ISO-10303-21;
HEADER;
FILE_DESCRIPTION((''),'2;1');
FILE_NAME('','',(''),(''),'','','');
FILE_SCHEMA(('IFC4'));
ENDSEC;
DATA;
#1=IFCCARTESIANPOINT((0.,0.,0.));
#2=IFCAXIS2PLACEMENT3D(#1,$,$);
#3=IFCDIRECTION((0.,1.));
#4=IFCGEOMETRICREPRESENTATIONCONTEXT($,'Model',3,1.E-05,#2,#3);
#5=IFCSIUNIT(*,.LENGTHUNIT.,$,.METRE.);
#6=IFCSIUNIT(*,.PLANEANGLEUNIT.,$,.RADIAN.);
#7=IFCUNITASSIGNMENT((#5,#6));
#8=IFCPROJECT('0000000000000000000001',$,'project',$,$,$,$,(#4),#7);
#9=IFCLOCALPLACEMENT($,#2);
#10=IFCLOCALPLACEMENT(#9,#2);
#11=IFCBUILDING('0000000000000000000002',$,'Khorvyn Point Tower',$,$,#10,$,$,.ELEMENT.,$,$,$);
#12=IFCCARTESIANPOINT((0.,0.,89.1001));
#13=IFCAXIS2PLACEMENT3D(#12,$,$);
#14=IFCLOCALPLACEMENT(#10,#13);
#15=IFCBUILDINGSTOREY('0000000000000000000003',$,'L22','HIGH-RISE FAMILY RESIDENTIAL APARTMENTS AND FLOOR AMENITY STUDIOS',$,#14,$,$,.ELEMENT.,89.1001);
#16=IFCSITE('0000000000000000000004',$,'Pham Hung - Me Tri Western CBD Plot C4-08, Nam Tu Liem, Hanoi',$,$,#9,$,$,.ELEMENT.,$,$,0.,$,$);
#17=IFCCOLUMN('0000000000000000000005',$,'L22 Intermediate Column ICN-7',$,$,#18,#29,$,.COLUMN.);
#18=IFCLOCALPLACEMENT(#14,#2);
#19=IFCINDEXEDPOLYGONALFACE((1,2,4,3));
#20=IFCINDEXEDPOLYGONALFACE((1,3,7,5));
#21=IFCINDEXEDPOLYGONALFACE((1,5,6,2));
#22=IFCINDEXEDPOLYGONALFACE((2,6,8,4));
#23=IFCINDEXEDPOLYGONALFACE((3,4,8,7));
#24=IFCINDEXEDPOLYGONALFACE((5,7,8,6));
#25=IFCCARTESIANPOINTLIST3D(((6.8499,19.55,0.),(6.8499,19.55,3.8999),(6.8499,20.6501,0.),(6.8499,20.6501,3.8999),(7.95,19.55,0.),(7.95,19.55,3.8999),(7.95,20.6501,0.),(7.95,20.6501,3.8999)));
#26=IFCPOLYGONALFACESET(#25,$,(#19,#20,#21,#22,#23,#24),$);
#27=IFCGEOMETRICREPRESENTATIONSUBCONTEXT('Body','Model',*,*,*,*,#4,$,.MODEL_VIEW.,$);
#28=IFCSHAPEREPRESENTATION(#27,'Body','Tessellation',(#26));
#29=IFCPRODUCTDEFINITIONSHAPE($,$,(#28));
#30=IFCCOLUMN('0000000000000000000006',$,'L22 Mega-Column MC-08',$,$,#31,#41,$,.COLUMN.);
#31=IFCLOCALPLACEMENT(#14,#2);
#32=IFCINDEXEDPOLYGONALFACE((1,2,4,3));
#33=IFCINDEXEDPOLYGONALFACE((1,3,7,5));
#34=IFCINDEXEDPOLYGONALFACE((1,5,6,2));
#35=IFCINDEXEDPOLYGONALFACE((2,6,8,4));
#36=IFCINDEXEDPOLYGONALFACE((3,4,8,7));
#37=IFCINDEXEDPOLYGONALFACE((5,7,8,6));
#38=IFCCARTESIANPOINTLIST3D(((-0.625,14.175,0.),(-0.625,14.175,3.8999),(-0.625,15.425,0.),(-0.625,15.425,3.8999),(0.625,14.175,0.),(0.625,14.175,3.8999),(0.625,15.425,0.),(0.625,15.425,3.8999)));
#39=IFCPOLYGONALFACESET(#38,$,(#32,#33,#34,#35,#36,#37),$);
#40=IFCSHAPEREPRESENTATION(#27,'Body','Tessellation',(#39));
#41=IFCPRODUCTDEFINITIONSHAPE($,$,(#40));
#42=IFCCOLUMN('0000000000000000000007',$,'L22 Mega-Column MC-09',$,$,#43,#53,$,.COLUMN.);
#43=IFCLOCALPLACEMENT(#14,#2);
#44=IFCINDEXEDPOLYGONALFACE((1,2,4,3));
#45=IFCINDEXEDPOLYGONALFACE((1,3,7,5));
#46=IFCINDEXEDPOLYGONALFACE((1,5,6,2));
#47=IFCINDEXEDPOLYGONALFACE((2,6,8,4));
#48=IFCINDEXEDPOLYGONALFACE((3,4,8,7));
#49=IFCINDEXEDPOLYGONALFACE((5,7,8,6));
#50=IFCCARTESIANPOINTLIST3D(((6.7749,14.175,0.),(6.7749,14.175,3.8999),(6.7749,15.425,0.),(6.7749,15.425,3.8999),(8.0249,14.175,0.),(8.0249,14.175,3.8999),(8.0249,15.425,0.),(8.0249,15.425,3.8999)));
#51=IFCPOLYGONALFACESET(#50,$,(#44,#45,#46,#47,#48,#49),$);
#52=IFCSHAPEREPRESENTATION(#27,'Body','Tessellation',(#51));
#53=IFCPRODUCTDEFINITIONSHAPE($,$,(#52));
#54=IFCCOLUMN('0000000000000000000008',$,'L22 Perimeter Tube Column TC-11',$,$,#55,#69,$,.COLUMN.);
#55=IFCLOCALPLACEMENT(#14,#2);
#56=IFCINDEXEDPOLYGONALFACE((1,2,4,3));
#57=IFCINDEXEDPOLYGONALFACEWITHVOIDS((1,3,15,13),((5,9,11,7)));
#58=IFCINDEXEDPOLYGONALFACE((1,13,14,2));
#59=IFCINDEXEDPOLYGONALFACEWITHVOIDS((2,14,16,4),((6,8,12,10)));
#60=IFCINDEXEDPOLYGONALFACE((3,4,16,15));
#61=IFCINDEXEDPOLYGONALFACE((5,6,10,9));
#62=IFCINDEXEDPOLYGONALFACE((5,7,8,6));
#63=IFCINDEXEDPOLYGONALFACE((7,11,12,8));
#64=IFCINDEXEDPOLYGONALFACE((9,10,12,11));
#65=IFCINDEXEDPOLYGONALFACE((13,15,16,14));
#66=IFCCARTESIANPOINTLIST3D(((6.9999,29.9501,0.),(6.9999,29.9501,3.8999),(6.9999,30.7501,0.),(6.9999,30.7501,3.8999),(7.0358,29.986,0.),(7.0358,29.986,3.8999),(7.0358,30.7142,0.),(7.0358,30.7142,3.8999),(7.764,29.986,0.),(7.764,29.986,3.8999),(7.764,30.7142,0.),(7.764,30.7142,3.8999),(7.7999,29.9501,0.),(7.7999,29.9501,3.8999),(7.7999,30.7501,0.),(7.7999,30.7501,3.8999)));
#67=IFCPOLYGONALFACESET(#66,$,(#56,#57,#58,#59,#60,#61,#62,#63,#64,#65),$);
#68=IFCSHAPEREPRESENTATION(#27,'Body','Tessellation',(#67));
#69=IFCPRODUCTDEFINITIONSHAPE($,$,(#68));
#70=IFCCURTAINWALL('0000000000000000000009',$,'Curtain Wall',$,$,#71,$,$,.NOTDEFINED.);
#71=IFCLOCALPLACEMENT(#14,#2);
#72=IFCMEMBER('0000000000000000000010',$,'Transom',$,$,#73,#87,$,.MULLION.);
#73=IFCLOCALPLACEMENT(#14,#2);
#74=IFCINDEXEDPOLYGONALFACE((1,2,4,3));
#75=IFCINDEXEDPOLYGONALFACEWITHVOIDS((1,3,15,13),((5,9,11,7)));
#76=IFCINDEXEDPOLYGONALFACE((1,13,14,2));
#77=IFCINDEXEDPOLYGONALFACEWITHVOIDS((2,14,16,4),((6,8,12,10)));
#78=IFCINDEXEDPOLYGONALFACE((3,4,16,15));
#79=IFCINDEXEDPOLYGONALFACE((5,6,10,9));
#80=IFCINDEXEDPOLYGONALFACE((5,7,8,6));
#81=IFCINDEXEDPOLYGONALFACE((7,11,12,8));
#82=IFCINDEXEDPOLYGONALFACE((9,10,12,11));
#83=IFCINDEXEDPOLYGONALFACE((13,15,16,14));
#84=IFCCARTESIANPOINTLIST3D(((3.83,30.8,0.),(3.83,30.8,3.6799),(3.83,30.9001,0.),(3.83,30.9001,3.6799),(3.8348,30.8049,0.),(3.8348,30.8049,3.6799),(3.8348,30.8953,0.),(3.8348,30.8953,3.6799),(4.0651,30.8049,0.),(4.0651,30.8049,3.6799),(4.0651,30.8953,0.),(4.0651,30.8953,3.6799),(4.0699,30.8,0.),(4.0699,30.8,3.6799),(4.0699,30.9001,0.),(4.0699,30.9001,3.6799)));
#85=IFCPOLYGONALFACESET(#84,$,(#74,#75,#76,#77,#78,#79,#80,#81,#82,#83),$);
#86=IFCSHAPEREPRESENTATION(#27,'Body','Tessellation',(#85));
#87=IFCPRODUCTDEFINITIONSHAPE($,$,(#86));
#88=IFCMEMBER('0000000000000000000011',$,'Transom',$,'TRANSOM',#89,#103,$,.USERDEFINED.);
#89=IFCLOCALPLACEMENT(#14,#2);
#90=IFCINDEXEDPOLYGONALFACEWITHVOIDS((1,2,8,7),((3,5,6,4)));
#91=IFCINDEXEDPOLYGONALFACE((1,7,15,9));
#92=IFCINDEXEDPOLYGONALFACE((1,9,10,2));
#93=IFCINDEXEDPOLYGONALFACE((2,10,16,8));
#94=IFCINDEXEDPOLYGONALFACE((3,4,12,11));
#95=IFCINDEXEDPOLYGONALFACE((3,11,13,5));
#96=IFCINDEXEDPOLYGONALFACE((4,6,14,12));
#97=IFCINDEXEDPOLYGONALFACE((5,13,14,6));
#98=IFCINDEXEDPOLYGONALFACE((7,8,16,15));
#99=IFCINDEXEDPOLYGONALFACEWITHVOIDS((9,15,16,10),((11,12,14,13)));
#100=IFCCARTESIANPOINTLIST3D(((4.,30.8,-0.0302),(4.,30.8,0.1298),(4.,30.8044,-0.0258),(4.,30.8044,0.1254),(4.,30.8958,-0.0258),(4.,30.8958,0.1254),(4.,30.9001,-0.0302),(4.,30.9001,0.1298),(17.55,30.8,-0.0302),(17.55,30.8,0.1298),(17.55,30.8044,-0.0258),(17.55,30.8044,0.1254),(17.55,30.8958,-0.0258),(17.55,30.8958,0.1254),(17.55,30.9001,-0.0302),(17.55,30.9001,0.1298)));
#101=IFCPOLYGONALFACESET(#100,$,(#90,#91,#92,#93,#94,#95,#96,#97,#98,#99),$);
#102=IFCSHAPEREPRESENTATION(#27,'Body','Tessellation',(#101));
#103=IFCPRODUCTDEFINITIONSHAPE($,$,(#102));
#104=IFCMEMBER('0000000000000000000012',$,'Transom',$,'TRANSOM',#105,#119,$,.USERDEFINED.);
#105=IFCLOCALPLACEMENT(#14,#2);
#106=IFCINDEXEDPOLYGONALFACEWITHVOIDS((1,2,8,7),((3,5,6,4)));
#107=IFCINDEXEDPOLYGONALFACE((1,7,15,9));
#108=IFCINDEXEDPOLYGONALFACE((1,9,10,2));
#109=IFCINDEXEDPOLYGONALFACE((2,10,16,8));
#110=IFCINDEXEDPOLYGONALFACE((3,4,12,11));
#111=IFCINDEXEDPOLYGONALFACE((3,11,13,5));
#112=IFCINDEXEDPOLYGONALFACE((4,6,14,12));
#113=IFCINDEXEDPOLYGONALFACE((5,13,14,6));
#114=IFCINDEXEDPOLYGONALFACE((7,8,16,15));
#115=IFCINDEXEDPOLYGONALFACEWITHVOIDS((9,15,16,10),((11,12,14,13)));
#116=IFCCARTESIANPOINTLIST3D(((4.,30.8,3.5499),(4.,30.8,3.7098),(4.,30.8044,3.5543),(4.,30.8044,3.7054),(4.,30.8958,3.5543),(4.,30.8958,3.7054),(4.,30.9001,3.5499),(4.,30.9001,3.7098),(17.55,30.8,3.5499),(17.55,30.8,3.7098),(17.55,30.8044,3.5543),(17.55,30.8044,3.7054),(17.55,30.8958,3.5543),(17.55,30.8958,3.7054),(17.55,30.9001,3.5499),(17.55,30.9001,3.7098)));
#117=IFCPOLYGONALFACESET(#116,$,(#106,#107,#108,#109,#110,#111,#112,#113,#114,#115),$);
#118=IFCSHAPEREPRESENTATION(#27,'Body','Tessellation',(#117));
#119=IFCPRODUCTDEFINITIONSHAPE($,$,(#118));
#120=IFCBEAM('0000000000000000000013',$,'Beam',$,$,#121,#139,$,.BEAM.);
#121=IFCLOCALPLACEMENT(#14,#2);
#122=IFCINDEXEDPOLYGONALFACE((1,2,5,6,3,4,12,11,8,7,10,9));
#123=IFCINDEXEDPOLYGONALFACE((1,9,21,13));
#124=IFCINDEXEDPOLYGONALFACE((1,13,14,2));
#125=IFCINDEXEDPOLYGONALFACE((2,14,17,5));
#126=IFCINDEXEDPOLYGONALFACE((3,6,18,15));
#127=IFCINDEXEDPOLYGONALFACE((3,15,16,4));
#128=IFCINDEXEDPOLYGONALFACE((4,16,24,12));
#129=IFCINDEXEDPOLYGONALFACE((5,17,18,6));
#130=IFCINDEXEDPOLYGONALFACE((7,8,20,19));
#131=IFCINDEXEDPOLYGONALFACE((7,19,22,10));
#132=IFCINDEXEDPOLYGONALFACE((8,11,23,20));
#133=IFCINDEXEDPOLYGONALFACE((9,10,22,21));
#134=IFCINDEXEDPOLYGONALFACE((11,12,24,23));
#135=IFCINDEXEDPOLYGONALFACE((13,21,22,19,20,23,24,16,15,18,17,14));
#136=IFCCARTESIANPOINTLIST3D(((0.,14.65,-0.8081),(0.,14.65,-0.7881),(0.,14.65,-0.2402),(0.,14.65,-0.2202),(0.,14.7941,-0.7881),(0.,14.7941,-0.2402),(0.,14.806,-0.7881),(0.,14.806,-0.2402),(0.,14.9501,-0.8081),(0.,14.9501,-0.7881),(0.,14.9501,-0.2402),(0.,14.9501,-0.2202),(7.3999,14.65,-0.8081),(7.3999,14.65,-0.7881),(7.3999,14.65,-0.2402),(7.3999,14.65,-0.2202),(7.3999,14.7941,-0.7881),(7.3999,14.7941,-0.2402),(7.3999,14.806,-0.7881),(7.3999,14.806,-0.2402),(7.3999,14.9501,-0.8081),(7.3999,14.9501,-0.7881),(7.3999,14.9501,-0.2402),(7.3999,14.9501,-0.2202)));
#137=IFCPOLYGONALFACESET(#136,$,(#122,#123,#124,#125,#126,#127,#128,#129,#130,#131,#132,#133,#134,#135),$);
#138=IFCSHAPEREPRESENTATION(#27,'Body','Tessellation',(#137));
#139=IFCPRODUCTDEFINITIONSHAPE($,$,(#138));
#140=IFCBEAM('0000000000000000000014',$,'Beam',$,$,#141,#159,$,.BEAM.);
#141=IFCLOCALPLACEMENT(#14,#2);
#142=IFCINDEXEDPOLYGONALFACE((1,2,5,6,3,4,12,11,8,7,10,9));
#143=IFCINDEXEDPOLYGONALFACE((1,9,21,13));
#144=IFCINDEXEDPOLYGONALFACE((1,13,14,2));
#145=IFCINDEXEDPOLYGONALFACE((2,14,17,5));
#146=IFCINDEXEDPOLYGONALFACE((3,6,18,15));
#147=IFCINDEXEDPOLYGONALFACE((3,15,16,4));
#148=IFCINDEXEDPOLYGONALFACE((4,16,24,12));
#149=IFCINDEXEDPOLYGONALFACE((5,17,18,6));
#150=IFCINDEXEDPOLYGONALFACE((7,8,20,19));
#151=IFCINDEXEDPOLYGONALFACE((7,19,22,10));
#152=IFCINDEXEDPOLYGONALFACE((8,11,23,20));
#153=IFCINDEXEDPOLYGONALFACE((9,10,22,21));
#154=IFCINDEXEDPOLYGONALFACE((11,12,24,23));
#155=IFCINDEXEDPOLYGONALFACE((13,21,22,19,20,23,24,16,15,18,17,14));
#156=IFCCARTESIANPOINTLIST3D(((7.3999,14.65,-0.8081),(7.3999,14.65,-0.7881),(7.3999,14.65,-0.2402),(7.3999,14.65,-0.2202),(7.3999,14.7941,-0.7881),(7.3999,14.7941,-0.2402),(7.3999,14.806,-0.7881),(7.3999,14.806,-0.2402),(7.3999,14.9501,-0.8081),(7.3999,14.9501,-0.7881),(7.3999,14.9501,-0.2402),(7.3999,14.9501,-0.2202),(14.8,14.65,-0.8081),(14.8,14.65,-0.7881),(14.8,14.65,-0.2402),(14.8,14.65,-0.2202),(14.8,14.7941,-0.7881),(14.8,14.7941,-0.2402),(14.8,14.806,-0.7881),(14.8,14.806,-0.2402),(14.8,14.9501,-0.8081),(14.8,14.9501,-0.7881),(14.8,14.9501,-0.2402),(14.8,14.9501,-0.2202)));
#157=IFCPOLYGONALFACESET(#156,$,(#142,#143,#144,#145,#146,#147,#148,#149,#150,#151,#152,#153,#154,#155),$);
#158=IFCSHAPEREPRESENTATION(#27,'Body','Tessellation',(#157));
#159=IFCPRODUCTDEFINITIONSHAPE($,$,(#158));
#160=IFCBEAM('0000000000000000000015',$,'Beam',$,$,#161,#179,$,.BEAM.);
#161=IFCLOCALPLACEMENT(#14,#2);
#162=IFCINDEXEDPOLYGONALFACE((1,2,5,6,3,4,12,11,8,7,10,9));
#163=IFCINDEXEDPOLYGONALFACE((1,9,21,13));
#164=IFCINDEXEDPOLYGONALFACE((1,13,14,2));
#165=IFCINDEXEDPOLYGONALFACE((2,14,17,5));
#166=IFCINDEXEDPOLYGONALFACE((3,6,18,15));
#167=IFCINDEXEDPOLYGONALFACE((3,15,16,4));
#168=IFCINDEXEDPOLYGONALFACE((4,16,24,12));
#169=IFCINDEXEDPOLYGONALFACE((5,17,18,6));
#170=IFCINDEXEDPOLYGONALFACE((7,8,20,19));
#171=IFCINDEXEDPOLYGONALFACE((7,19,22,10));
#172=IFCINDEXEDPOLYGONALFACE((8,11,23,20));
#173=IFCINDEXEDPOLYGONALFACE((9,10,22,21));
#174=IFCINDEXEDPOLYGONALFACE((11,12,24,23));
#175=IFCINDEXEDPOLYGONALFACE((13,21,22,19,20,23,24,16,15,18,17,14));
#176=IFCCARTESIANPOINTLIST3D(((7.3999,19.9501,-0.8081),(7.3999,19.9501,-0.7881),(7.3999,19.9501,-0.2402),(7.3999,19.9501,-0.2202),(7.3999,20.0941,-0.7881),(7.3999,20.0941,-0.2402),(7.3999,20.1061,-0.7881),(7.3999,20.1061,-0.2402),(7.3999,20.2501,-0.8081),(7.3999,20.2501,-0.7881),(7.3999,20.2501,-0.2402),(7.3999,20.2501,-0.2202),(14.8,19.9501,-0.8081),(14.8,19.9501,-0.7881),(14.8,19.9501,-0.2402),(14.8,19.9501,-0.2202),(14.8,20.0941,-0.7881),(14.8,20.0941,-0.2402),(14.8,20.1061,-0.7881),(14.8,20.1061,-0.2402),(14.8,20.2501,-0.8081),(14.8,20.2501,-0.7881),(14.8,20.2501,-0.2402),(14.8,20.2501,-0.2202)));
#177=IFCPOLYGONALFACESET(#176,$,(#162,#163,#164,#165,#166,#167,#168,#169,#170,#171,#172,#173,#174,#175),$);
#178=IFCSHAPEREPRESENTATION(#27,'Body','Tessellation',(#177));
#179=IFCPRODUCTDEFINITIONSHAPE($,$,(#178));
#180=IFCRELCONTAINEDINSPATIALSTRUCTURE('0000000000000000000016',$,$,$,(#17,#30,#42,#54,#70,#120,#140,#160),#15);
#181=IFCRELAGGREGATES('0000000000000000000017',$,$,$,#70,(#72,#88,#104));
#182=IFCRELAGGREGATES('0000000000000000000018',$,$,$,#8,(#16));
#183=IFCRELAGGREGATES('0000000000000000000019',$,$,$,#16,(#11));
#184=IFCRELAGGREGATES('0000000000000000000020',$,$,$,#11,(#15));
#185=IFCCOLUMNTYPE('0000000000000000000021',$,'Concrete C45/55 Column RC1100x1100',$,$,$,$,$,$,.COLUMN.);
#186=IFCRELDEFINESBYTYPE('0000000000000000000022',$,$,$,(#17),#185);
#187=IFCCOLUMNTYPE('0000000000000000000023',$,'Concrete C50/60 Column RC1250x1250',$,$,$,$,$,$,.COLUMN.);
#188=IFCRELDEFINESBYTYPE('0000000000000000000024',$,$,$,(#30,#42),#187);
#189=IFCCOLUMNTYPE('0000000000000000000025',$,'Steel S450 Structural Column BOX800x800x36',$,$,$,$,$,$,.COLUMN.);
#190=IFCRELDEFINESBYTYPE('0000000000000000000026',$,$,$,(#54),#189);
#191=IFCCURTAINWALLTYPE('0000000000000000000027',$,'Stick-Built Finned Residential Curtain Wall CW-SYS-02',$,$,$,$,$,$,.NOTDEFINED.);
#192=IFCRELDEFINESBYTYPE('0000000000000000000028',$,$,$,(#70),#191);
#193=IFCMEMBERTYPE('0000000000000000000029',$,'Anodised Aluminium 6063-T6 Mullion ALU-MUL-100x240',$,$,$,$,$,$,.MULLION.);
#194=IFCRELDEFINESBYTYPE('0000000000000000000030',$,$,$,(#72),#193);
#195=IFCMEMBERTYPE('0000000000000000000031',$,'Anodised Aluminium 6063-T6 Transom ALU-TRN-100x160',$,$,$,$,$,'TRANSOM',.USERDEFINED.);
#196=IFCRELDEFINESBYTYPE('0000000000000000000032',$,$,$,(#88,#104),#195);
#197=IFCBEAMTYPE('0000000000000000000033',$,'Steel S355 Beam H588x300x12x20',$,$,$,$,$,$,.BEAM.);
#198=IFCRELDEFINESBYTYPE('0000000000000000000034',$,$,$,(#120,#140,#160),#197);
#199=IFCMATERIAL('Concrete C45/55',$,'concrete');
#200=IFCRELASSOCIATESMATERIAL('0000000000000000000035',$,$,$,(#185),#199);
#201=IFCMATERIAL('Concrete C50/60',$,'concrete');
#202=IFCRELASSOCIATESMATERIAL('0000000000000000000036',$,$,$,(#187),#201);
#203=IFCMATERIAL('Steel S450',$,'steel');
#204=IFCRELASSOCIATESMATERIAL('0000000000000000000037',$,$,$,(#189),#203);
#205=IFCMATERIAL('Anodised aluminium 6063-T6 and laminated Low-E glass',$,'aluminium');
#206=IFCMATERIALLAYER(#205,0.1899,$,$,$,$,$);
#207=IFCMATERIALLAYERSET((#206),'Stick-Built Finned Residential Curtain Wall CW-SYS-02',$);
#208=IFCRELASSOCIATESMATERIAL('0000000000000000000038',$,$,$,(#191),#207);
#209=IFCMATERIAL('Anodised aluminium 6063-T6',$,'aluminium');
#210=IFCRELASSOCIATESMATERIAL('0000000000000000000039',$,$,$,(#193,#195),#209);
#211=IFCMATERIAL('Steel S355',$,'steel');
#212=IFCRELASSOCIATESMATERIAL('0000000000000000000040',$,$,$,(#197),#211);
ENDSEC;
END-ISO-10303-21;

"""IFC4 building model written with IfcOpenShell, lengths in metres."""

from ifc_helpers import new_model, si_unit, direction, frame, origin, origin_2d, place, context, subcontext, project, spatial, rectangle, hollow_rectangle, i_section, extrude, material, layer, layer_set, material_profile, profile_set, type_object, element, aggregate, save


model = new_model("IFC4")

# Units and contexts
model_context = context("Model", 3, precision=1e-05, world=origin(), true_north=direction((0.0, 1.0)))
body_context = subcontext(model_context, "Body", "Model", "MODEL_VIEW")
ifc_project = project(units=[si_unit("LENGTHUNIT", "METRE"), si_unit("PLANEANGLEUNIT", "RADIAN")], contexts=[model_context])

# Site, building, storey
site_placement = place(None, origin())
site = spatial("IfcSite", under=ifc_project, at=site_placement, Name="Pham Hung - Me Tri Western CBD Plot C4-08, Nam Tu Liem, Hanoi", CompositionType="ELEMENT", RefElevation=0.0)
building_placement = place(site_placement, origin())
building = spatial("IfcBuilding", under=site, at=building_placement, Name="Khorvyn Point Tower", CompositionType="ELEMENT")
storey_placement = place(building_placement, frame((0.0, 0.0, 89.1001)))
storey = spatial("IfcBuildingStorey", under=building, at=storey_placement, Name="L22", Description="HIGH-RISE FAMILY RESIDENTIAL APARTMENTS AND FLOOR AMENITY STUDIOS", CompositionType="ELEMENT", Elevation=89.1001)

# Columns
ifc_material_1 = material(Name="Concrete C45/55", Category="concrete")
ifc_material_profile_1 = material_profile(ifc_material_1, rectangle(XDim=1.1001, YDim=1.1001, at=origin_2d()))
ifc_profile_set_1 = profile_set([ifc_material_profile_1], Name="Concrete C45/55 RC1100x1100")
column_type_1 = type_object("IfcColumnType", Name="Concrete C45/55 Column RC1100x1100", PredefinedType="COLUMN", material=ifc_profile_set_1)
column_1_placement = place(storey_placement, frame((7.3999, 20.1001, 0.0), z_axis=(0.0, 0.0, 1.0), x_axis=(1.0, 0.0, 0.0)))
element("IfcColumn", 1, at=column_1_placement, inside=storey, type_object=column_type_1, Name="L22 Intermediate Column ICN-7", PredefinedType="COLUMN", context=body_context, shape_type="SweptSolid", body=[
    extrude(rectangle(XDim=1.1001, YDim=1.1001, at=origin_2d()), origin(), (0.0, 0.0, 1.0), 3.8999),
])
ifc_material_2 = material(Name="Concrete C50/60", Category="concrete")
ifc_material_profile_2 = material_profile(ifc_material_2, rectangle(XDim=1.25, YDim=1.25, at=origin_2d()))
ifc_profile_set_2 = profile_set([ifc_material_profile_2], Name="Concrete C50/60 RC1250x1250")
column_type_2 = type_object("IfcColumnType", Name="Concrete C50/60 Column RC1250x1250", PredefinedType="COLUMN", material=ifc_profile_set_2)
for number, where, z_axis, x_axis, name in (
    (2, (0.0, 14.8, 0.0), (0.0, 0.0, 1.0), (1.0, 0.0, 0.0), "L22 Mega-Column MC-08"),
    (3, (7.3999, 14.8, 0.0), (0.0, 0.0, 1.0), (1.0, 0.0, 0.0), "L22 Mega-Column MC-09"),
):
    element("IfcColumn", number, at=place(storey_placement, frame(where, z_axis=z_axis, x_axis=x_axis)), inside=storey, type_object=column_type_2, Name=name, PredefinedType="COLUMN", context=body_context, shape_type="SweptSolid", body=[
        extrude(rectangle(XDim=1.25, YDim=1.25, at=origin_2d()), origin(), (0.0, 0.0, 1.0), 3.8999),
    ])
ifc_material_3 = material(Name="Steel S450", Category="steel")
ifc_material_profile_3 = material_profile(ifc_material_3, hollow_rectangle(XDim=0.8, YDim=0.8, WallThickness=0.0359, at=origin_2d()))
ifc_profile_set_3 = profile_set([ifc_material_profile_3], Name="Steel S450 BOX800x800x36")
column_type_3 = type_object("IfcColumnType", Name="Steel S450 Structural Column BOX800x800x36", PredefinedType="COLUMN", material=ifc_profile_set_3)
column_2_placement = place(storey_placement, frame((7.3999, 30.3501, 0.0), z_axis=(0.0, 0.0, 1.0), x_axis=(1.0, 0.0, 0.0)))
element("IfcColumn", 4, at=column_2_placement, inside=storey, type_object=column_type_3, Name="L22 Perimeter Tube Column TC-11", PredefinedType="COLUMN", context=body_context, shape_type="SweptSolid", body=[
    extrude(hollow_rectangle(XDim=0.8, YDim=0.8, WallThickness=0.0359, at=origin_2d()), origin(), (0.0, 0.0, 1.0), 3.8999),
])

# Curtain wall, members
ifc_material_4 = material(Name="Anodised aluminium 6063-T6 and laminated Low-E glass", Category="aluminium")
ifc_layer_1 = layer(ifc_material_4, 0.1899)
ifc_layer_set_1 = layer_set([ifc_layer_1], Name="Stick-Built Finned Residential Curtain Wall CW-SYS-02")
curtain_wall_type = type_object("IfcCurtainWallType", Name="Stick-Built Finned Residential Curtain Wall CW-SYS-02", PredefinedType="NOTDEFINED", material=ifc_layer_set_1)
curtain_wall_placement = place(storey_placement, origin())
curtain_wall = element("IfcCurtainWall", 5, at=curtain_wall_placement, inside=storey, type_object=curtain_wall_type, Name="Curtain Wall", PredefinedType="NOTDEFINED")
ifc_material_5 = material(Name="Anodised aluminium 6063-T6", Category="aluminium")
ifc_material_profile_4 = material_profile(ifc_material_5, hollow_rectangle(XDim=0.1001, YDim=0.24, WallThickness=0.0049, at=origin_2d()))
ifc_profile_set_4 = profile_set([ifc_material_profile_4], Name="Anodised aluminium 6063-T6 ALU-MUL-100x240")
member_type_1 = type_object("IfcMemberType", Name="Anodised Aluminium 6063-T6 Mullion ALU-MUL-100x240", PredefinedType="MULLION", material=ifc_profile_set_4)
member_1_placement = place(storey_placement, frame((3.95, 30.8501, 0.0), z_axis=(0.0, 0.0, 1.0), x_axis=(0.0, 1.0, 0.0)))
member_1 = element("IfcMember", 6, at=member_1_placement, type_object=member_type_1, Name="Transom", PredefinedType="MULLION", context=body_context, shape_type="SweptSolid", body=[
    extrude(hollow_rectangle(XDim=0.1001, YDim=0.24, WallThickness=0.0049, at=origin_2d()), origin(), (0.0, 0.0, 1.0), 3.6799),
])
ifc_material_profile_5 = material_profile(ifc_material_5, hollow_rectangle(XDim=0.1001, YDim=0.1599, WallThickness=0.0044, at=origin_2d()))
ifc_profile_set_5 = profile_set([ifc_material_profile_5], Name="Anodised aluminium 6063-T6 ALU-TRN-100x160")
member_type_2 = type_object("IfcMemberType", Name="Anodised Aluminium 6063-T6 Transom ALU-TRN-100x160", ElementType="TRANSOM", PredefinedType="USERDEFINED", material=ifc_profile_set_5)
member_2_placement = place(storey_placement, frame((4.0, 30.8501, 0.0498), z_axis=(1.0, 0.0, 0.0), x_axis=(0.0, 1.0, 0.0)))
member_2 = element("IfcMember", 7, at=member_2_placement, type_object=member_type_2, Name="Transom", ObjectType="TRANSOM", PredefinedType="USERDEFINED", context=body_context, shape_type="SweptSolid", body=[
    extrude(hollow_rectangle(XDim=0.1001, YDim=0.1599, WallThickness=0.0044, at=origin_2d()), origin(), (0.0, 0.0, 1.0), 13.55),
])
member_3_placement = place(storey_placement, frame((4.0, 30.8501, 3.6299), z_axis=(1.0, 0.0, 0.0), x_axis=(0.0, 1.0, 0.0)))
member_3 = element("IfcMember", 8, at=member_3_placement, type_object=member_type_2, Name="Transom", ObjectType="TRANSOM", PredefinedType="USERDEFINED", context=body_context, shape_type="SweptSolid", body=[
    extrude(hollow_rectangle(XDim=0.1001, YDim=0.1599, WallThickness=0.0044, at=origin_2d()), origin(), (0.0, 0.0, 1.0), 13.55),
])

# Beams
ifc_material_6 = material(Name="Steel S355", Category="steel")
ifc_material_profile_6 = material_profile(ifc_material_6, i_section(OverallWidth=0.3, OverallDepth=0.5879, WebThickness=0.012, FlangeThickness=0.02, at=origin_2d()))
ifc_profile_set_6 = profile_set([ifc_material_profile_6], Name="Steel S355 H588x300x12x20")
beam_type_1 = type_object("IfcBeamType", Name="Steel S355 Beam H588x300x12x20", PredefinedType="BEAM", material=ifc_profile_set_6)
beam_1_placement = place(storey_placement, frame((0.0, 14.8, -0.5142), z_axis=(1.0, 0.0, 0.0), x_axis=(0.0, 1.0, 0.0)))
element("IfcBeam", 9, at=beam_1_placement, inside=storey, type_object=beam_type_1, Name="Beam", PredefinedType="BEAM", context=body_context, shape_type="SweptSolid", body=[
    extrude(i_section(OverallWidth=0.3, OverallDepth=0.5879, WebThickness=0.012, FlangeThickness=0.02, at=origin_2d()), origin(), (0.0, 0.0, 1.0), 7.3999),
])
for number, where, z_axis, x_axis, name in (
    (10, (7.3999, 14.8, -0.5142), (1.0, 0.0, 0.0), (0.0, 1.0, 0.0), "Beam"),
    (11, (7.3999, 20.1001, -0.5142), (1.0, 0.0, 0.0), (0.0, 1.0, 0.0), "Beam"),
):
    element("IfcBeam", number, at=place(storey_placement, frame(where, z_axis=z_axis, x_axis=x_axis)), inside=storey, type_object=beam_type_1, Name=name, PredefinedType="BEAM", context=body_context, shape_type="SweptSolid", body=[
        extrude(i_section(OverallWidth=0.3, OverallDepth=0.5879, WebThickness=0.012, FlangeThickness=0.02, at=origin_2d()), origin(), (0.0, 0.0, 1.0), 7.4001),
    ])

aggregate(curtain_wall, [member_1, member_2, member_3])

save(model, "model.ifc")
